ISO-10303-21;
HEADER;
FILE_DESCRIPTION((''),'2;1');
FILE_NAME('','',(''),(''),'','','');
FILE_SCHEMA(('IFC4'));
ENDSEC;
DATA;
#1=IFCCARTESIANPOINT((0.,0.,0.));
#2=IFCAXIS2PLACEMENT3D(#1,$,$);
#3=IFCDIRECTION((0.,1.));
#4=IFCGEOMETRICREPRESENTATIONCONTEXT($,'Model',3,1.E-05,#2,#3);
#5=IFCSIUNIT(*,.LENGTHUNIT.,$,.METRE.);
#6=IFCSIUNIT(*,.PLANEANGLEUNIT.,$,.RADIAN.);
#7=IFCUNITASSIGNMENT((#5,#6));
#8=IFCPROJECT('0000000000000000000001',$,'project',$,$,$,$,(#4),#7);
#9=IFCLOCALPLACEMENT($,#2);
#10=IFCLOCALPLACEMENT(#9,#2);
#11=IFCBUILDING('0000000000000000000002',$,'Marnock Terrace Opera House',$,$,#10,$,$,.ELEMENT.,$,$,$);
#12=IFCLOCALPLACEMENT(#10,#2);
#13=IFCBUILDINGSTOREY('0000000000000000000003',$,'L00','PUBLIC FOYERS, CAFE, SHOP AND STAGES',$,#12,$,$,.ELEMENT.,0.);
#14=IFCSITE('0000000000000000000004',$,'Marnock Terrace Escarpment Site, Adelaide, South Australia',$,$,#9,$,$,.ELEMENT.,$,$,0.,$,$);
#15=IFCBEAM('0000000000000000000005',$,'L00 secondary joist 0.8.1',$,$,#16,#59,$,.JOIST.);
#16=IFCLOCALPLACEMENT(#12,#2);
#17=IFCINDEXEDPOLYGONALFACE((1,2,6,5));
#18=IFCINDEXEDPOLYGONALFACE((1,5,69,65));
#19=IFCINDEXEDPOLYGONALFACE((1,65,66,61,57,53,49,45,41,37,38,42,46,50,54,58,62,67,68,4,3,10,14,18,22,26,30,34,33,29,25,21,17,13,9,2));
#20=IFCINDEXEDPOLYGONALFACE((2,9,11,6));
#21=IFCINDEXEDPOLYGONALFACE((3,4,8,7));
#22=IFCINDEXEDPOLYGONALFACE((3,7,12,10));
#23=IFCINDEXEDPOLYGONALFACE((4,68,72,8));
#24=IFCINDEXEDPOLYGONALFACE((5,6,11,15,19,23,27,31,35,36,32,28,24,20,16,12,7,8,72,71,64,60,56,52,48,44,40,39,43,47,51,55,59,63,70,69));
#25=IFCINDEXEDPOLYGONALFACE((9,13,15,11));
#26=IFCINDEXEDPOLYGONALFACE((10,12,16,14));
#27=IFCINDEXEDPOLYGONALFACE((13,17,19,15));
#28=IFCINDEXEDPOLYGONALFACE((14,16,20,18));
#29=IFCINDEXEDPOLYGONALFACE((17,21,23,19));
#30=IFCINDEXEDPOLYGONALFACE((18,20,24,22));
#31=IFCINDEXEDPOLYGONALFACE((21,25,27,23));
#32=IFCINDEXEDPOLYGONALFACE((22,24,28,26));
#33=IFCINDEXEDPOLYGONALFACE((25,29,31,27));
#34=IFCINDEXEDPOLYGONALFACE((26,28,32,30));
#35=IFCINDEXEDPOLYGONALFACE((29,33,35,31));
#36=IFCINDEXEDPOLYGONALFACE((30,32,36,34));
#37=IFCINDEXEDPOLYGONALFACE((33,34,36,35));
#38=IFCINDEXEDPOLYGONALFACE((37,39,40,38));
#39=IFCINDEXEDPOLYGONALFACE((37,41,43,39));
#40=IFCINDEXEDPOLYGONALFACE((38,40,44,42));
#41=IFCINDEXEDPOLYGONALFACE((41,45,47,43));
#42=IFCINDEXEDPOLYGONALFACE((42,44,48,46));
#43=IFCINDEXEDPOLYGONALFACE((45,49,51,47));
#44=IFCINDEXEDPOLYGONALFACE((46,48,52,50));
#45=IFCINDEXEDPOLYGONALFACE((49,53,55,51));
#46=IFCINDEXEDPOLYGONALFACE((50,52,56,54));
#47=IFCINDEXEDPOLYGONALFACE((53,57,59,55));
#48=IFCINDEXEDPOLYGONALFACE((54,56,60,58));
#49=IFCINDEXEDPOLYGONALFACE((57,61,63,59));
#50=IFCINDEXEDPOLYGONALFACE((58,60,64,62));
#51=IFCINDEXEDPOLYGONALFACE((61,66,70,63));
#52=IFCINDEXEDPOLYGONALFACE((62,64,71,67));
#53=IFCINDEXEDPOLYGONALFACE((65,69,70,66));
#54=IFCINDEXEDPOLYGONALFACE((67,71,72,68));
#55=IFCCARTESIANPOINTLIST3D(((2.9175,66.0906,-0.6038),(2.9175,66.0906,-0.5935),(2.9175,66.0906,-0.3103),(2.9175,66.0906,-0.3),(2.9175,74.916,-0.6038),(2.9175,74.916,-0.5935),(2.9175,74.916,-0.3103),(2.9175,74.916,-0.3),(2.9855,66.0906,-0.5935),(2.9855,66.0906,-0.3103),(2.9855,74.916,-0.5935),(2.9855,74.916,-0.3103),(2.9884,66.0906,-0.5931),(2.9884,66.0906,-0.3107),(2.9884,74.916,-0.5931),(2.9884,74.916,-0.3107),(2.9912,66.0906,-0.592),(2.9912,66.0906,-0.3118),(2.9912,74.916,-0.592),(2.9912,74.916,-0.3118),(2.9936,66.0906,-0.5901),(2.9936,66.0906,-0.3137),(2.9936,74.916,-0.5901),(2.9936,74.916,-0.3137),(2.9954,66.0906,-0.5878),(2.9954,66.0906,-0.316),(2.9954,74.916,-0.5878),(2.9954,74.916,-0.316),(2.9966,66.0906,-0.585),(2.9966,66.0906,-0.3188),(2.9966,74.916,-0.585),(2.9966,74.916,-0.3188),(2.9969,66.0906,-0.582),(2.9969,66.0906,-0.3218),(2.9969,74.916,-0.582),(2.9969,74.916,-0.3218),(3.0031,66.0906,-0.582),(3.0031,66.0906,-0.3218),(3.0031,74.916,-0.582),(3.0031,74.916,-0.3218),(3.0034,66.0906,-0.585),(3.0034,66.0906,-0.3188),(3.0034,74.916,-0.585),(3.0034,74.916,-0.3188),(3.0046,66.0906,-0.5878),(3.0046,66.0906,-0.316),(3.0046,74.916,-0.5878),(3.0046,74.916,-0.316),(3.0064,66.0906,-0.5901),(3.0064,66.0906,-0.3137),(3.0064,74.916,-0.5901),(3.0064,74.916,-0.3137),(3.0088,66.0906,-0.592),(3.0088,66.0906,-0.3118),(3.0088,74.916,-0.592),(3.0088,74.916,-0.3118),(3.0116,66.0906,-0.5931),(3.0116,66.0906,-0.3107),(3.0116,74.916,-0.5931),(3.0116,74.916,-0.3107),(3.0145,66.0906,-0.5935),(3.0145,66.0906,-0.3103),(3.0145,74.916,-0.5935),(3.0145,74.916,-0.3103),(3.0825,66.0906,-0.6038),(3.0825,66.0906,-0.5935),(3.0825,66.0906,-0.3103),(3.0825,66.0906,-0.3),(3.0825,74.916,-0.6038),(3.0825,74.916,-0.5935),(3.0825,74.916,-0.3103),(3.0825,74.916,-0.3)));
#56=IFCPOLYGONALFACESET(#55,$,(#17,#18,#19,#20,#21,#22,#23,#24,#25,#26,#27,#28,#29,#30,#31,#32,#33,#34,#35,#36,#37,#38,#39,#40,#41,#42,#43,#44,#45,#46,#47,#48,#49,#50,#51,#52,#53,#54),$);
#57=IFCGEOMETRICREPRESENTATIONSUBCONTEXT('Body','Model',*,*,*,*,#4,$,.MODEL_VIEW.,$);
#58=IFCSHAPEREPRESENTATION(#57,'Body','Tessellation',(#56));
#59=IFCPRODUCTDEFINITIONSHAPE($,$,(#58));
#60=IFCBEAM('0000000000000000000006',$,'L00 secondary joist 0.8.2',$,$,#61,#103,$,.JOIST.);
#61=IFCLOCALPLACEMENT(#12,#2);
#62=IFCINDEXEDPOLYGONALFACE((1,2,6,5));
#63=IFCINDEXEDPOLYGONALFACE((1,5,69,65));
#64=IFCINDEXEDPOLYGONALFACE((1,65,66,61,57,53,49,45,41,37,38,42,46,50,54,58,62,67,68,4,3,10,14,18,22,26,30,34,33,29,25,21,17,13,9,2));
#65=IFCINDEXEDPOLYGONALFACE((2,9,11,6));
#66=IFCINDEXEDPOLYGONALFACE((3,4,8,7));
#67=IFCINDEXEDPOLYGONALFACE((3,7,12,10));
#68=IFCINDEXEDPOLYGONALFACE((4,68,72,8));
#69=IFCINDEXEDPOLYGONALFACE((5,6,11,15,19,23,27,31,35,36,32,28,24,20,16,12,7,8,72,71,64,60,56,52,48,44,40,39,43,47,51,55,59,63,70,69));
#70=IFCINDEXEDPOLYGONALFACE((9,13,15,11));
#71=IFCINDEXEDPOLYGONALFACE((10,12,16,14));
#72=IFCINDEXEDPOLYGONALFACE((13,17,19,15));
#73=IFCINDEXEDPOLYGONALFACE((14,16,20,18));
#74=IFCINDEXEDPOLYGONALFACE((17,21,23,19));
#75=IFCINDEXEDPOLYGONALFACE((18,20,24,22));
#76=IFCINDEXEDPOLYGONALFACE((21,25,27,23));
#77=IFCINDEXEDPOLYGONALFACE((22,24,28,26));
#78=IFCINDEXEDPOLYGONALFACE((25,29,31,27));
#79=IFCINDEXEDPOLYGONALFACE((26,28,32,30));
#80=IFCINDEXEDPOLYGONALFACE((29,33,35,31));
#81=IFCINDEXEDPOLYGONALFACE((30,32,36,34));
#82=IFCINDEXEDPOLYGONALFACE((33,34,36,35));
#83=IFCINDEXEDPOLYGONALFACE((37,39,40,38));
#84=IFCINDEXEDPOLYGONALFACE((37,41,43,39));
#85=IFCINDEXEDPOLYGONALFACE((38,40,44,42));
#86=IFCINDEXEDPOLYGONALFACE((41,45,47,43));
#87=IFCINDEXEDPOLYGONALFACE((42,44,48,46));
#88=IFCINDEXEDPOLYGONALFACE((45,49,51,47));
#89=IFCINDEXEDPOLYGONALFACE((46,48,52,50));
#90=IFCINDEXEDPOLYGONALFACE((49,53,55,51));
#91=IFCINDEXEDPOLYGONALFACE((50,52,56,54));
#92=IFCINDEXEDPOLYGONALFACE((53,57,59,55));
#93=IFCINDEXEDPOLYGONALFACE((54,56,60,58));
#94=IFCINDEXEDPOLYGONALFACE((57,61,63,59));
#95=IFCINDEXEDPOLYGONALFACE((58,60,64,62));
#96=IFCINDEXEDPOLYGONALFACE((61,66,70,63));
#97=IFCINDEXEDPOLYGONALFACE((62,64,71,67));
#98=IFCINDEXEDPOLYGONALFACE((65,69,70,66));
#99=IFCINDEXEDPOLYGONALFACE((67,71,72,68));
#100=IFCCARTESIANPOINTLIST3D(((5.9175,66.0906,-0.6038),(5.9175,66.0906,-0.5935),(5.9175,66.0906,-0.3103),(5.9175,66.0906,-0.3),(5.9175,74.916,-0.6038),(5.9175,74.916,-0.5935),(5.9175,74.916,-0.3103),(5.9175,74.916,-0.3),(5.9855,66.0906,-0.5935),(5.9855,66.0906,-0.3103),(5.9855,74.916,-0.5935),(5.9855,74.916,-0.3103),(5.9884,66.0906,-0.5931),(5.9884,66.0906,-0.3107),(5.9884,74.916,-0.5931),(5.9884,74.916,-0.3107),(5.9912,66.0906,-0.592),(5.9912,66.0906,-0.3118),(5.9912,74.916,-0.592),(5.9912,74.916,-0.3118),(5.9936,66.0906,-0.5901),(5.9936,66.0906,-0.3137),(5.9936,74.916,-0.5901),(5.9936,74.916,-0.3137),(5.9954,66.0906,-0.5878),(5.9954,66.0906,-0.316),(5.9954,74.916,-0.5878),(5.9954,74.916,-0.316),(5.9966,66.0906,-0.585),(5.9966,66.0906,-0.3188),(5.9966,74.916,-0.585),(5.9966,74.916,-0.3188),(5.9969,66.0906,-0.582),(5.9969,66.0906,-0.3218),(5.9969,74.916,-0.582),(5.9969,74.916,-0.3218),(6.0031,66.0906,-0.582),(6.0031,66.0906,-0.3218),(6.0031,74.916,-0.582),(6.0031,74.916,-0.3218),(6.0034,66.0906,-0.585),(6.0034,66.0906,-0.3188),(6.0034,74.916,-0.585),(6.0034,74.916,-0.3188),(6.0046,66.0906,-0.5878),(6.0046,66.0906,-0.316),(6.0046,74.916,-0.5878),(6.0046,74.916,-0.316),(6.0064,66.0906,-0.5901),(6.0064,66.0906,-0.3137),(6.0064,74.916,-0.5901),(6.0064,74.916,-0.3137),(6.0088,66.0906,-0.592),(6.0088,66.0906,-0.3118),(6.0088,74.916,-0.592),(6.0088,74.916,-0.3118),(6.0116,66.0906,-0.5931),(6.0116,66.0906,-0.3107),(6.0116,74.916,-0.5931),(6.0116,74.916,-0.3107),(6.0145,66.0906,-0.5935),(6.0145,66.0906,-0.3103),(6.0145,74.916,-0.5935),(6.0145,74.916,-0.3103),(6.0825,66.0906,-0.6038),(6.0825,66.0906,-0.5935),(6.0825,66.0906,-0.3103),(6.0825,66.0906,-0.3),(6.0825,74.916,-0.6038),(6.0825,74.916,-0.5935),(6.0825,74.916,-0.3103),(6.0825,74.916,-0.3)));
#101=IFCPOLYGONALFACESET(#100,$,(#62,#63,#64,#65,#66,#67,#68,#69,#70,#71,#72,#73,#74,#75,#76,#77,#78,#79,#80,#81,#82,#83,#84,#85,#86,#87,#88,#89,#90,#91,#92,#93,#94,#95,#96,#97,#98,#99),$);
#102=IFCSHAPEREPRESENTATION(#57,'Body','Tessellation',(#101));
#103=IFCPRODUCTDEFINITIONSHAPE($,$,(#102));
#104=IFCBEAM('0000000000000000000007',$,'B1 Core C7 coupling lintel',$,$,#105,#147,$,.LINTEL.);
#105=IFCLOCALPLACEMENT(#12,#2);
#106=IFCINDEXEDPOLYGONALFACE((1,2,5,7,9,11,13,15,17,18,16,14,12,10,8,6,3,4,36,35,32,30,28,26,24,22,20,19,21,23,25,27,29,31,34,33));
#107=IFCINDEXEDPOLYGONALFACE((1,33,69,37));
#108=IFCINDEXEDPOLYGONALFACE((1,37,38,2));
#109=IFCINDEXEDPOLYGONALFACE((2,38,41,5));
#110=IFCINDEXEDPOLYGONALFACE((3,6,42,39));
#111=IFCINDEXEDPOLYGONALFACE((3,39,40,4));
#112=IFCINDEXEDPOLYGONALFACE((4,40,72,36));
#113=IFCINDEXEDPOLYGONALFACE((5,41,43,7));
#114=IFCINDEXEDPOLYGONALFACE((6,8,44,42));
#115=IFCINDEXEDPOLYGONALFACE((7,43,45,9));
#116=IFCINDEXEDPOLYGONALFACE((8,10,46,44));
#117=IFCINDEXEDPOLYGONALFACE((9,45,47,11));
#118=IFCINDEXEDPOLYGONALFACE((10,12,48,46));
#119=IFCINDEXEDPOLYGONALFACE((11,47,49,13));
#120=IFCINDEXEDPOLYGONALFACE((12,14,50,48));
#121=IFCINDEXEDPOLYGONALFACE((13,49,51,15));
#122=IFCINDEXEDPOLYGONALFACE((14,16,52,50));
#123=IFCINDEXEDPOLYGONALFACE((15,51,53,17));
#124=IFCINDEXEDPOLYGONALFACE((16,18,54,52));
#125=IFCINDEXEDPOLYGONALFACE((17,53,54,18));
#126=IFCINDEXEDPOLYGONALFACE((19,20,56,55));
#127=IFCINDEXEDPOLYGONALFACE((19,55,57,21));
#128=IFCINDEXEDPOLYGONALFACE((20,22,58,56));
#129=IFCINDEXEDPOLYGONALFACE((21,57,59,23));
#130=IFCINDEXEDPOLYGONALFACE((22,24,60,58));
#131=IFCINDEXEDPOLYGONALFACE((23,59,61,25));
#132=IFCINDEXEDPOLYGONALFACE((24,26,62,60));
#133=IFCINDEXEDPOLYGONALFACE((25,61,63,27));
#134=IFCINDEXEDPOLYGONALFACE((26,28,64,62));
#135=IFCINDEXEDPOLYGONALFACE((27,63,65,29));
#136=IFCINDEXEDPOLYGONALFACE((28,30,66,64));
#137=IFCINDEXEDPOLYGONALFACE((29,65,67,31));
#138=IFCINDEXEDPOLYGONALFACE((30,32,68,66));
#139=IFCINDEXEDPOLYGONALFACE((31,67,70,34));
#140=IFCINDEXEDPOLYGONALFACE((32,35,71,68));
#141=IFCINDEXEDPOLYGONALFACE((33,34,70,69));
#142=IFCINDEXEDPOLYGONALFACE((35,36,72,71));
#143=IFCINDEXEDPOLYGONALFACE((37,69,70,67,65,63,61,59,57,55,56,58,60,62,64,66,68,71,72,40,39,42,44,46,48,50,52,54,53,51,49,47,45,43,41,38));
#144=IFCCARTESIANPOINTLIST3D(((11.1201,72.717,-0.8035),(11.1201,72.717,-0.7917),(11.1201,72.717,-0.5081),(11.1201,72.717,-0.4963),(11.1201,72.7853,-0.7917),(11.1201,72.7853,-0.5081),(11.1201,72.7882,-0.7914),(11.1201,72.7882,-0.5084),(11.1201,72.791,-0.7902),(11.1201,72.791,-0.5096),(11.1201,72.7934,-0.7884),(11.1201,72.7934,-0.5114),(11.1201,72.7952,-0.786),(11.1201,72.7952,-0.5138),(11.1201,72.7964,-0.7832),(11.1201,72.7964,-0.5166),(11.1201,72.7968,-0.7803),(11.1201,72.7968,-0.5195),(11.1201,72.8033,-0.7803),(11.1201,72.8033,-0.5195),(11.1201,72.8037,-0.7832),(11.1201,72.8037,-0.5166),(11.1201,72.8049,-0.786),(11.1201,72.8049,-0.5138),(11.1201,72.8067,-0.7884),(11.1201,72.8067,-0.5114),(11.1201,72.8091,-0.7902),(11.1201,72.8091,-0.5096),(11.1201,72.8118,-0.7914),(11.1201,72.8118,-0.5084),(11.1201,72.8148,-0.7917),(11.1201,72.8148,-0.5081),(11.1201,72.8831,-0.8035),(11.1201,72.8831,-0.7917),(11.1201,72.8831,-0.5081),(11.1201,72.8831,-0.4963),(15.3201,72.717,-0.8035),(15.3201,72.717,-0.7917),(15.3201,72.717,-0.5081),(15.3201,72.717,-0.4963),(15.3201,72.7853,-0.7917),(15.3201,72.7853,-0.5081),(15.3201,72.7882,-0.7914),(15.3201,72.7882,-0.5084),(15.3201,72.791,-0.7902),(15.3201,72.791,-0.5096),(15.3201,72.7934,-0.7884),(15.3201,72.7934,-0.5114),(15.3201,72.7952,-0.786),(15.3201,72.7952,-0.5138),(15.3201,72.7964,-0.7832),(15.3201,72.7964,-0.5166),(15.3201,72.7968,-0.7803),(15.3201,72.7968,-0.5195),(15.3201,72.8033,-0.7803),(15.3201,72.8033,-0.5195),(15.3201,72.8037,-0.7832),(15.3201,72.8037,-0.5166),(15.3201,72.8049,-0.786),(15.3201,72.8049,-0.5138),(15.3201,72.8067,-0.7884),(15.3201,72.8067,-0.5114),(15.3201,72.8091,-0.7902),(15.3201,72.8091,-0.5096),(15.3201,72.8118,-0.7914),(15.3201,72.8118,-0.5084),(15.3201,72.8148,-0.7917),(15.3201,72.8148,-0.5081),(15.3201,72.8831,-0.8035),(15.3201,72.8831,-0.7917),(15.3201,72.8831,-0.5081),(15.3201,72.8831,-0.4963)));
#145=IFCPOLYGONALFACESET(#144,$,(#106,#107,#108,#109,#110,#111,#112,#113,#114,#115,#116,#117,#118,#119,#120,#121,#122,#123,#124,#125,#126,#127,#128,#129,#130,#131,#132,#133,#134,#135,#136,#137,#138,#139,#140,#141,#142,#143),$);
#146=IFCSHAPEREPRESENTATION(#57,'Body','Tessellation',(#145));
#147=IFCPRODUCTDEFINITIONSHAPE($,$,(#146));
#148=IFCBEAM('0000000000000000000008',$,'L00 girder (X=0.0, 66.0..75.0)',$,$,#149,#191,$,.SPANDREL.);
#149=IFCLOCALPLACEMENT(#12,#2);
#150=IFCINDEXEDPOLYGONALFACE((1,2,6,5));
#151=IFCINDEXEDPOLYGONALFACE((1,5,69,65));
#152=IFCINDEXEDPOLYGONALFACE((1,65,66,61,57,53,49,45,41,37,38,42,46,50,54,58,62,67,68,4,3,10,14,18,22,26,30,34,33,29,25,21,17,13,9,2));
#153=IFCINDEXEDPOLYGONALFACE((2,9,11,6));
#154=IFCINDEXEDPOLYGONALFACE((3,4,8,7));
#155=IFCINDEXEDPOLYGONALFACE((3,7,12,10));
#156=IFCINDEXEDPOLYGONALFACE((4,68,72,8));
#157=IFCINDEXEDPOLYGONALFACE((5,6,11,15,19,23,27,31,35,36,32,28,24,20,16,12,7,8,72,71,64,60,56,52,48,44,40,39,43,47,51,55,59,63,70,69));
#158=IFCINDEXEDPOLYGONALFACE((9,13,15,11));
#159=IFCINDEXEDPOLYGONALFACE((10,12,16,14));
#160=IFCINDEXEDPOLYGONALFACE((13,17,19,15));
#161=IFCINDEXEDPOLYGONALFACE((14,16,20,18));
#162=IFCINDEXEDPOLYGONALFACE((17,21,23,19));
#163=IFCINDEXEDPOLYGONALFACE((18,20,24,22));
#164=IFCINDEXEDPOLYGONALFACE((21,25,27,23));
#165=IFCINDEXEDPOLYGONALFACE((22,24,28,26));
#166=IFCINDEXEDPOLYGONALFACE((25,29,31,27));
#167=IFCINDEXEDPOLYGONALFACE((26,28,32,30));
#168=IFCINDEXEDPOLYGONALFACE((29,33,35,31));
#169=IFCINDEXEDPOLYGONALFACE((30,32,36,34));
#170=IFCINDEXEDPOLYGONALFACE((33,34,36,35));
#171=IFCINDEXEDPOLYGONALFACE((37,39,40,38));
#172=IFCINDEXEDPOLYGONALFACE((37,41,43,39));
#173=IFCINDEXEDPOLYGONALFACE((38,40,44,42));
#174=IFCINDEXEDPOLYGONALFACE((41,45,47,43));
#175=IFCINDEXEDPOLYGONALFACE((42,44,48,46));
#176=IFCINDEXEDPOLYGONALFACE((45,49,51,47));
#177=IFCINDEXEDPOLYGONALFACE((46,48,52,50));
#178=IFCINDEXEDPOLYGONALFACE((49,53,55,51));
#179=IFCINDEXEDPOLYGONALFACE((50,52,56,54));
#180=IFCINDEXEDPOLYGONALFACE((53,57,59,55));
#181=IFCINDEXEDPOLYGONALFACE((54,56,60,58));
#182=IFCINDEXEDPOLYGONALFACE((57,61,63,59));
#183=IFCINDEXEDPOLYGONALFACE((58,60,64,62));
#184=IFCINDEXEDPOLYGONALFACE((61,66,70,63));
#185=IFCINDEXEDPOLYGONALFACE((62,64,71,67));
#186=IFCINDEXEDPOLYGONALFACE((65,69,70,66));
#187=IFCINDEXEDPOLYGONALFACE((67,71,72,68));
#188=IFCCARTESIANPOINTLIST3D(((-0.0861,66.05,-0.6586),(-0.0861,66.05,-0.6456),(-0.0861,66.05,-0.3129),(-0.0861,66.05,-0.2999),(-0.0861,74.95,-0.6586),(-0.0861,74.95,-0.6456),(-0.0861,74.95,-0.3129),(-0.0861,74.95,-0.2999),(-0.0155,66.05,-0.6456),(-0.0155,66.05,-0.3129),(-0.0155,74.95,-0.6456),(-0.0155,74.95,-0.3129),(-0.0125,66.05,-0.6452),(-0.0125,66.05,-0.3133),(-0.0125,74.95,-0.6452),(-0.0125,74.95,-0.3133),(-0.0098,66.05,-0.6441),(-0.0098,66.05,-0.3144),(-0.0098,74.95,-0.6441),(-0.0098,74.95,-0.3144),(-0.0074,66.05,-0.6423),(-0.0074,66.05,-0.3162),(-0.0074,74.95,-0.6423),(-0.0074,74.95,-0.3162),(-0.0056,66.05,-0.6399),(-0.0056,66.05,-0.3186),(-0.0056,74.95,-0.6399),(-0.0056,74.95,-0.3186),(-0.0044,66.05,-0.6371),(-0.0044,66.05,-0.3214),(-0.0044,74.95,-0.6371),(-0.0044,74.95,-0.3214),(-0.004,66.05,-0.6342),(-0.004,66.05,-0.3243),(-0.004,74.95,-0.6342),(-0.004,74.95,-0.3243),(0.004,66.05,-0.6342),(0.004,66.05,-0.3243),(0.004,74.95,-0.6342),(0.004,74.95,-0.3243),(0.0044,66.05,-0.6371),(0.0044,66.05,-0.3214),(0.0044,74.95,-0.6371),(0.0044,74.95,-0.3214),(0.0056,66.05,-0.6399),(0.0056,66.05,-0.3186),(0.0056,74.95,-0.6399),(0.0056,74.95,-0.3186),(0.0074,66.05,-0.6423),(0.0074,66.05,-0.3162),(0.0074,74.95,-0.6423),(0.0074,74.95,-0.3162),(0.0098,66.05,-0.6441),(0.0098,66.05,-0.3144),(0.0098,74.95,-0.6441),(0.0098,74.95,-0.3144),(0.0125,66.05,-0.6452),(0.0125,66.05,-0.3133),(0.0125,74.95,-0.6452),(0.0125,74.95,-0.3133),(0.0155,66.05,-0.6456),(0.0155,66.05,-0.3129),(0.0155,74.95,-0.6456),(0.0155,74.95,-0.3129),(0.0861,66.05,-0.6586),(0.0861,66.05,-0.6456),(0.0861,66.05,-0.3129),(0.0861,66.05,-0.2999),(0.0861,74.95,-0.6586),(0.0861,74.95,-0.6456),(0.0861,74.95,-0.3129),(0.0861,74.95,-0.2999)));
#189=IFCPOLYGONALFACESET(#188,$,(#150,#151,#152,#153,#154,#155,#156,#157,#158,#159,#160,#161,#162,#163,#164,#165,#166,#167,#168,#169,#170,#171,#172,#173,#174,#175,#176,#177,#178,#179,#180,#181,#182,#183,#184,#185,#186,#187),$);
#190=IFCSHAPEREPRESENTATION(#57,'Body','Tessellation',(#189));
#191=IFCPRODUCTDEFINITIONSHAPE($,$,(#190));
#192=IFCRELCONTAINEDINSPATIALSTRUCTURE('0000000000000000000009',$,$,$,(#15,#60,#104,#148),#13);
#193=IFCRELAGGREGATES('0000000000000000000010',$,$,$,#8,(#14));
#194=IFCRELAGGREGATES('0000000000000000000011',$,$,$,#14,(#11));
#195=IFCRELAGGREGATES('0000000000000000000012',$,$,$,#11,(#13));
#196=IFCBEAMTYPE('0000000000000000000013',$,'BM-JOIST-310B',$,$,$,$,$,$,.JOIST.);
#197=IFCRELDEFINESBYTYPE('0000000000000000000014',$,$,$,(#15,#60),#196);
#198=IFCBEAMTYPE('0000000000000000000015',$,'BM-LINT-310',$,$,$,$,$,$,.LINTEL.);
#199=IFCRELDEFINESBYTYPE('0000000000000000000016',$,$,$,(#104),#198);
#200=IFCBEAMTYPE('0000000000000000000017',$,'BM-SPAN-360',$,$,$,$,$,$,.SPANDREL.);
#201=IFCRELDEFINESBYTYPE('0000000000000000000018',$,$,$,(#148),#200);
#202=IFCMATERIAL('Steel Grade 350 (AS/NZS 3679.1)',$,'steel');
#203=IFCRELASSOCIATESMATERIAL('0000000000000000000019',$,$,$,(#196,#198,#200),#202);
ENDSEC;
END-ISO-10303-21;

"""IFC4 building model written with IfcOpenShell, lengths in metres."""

from ifc_helpers import new_model, si_unit, direction, frame, origin, origin_2d, place, context, subcontext, project, spatial, i_section, extrude, material, material_profile, profile_set, type_object, element, save


model = new_model("IFC4")

# Units and contexts
model_context = context("Model", 3, precision=1e-05, world=origin(), true_north=direction((0.0, 1.0)))
body_context = subcontext(model_context, "Body", "Model", "MODEL_VIEW")
ifc_project = project(units=[si_unit("LENGTHUNIT", "METRE"), si_unit("PLANEANGLEUNIT", "RADIAN")], contexts=[model_context])

# Site, building, storey
site_placement = place(None, origin())
site = spatial("IfcSite", under=ifc_project, at=site_placement, Name="Marnock Terrace Escarpment Site, Adelaide, South Australia", CompositionType="ELEMENT", RefElevation=0.0)
building_placement = place(site_placement, origin())
building = spatial("IfcBuilding", under=site, at=building_placement, Name="Marnock Terrace Opera House", CompositionType="ELEMENT")
storey_placement = place(building_placement, origin())
storey = spatial("IfcBuildingStorey", under=building, at=storey_placement, Name="L00", Description="PUBLIC FOYERS, CAFE, SHOP AND STAGES", CompositionType="ELEMENT", Elevation=0.0)

# Shared definitions
ifc_material_1 = material(Name="Steel Grade 350 (AS/NZS 3679.1)", Category="steel")

# Beams
ifc_material_profile_1 = material_profile(ifc_material_1, i_section(OverallWidth=0.165, OverallDepth=0.3037, WebThickness=0.0061, FlangeThickness=0.0103, FilletRadius=0.0115, at=origin_2d()))
ifc_profile_set_1 = profile_set([ifc_material_profile_1], Name="Steel Grade 350 (AS/NZS 3679.1)")
beam_type_1 = type_object("IfcBeamType", Name="BM-JOIST-310B", PredefinedType="JOIST", material=ifc_profile_set_1)
for number, where, z_axis, x_axis, name in (
    (1, (3.0, 66.0906, -0.4519), (0.0, 1.0, 0.0), (-1.0, 0.0, 0.0), "L00 secondary joist 0.8.1"),
    (2, (6.0, 66.0906, -0.4519), (0.0, 1.0, 0.0), (-1.0, 0.0, 0.0), "L00 secondary joist 0.8.2"),
):
    element("IfcBeam", number, at=place(storey_placement, frame(where, z_axis=z_axis, x_axis=x_axis)), inside=storey, type_object=beam_type_1, Name=name, PredefinedType="JOIST", context=body_context, shape_type="SweptSolid", body=[
        extrude(i_section(OverallWidth=0.165, OverallDepth=0.3037, WebThickness=0.0061, FlangeThickness=0.0103, FilletRadius=0.0115, at=origin_2d()), origin(), (0.0, 0.0, 1.0), 8.8254),
    ])
ifc_material_profile_2 = material_profile(ifc_material_1, i_section(OverallWidth=0.166, OverallDepth=0.3071, WebThickness=0.0066, FlangeThickness=0.0117, FilletRadius=0.0115, at=origin_2d()))
ifc_profile_set_2 = profile_set([ifc_material_profile_2], Name="Steel Grade 350 (AS/NZS 3679.1)")
beam_type_2 = type_object("IfcBeamType", Name="BM-LINT-310", PredefinedType="LINTEL", material=ifc_profile_set_2)
beam_1_placement = place(storey_placement, frame((11.1201, 72.8, -0.6499), z_axis=(1.0, 0.0, 0.0), x_axis=(0.0, 1.0, 0.0)))
element("IfcBeam", 3, at=beam_1_placement, inside=storey, type_object=beam_type_2, Name="B1 Core C7 coupling lintel", PredefinedType="LINTEL", context=body_context, shape_type="SweptSolid", body=[
    extrude(i_section(OverallWidth=0.166, OverallDepth=0.3071, WebThickness=0.0066, FlangeThickness=0.0117, FilletRadius=0.0115, at=origin_2d()), origin(), (0.0, 0.0, 1.0), 4.2),
])
ifc_material_profile_3 = material_profile(ifc_material_1, i_section(OverallWidth=0.1721, OverallDepth=0.3586, WebThickness=0.0081, FlangeThickness=0.0129, FilletRadius=0.0115, at=origin_2d()))
ifc_profile_set_3 = profile_set([ifc_material_profile_3], Name="Steel Grade 350 (AS/NZS 3679.1)")
beam_type_3 = type_object("IfcBeamType", Name="BM-SPAN-360", PredefinedType="SPANDREL", material=ifc_profile_set_3)
beam_2_placement = place(storey_placement, frame((0.0, 66.05, -0.4792), z_axis=(0.0, 1.0, 0.0), x_axis=(-1.0, 0.0, 0.0)))
element("IfcBeam", 4, at=beam_2_placement, inside=storey, type_object=beam_type_3, Name="L00 girder (X=0.0, 66.0..75.0)", PredefinedType="SPANDREL", context=body_context, shape_type="SweptSolid", body=[
    extrude(i_section(OverallWidth=0.1721, OverallDepth=0.3586, WebThickness=0.0081, FlangeThickness=0.0129, FilletRadius=0.0115, at=origin_2d()), origin(), (0.0, 0.0, 1.0), 8.8999),
])

save(model, "model.ifc")
